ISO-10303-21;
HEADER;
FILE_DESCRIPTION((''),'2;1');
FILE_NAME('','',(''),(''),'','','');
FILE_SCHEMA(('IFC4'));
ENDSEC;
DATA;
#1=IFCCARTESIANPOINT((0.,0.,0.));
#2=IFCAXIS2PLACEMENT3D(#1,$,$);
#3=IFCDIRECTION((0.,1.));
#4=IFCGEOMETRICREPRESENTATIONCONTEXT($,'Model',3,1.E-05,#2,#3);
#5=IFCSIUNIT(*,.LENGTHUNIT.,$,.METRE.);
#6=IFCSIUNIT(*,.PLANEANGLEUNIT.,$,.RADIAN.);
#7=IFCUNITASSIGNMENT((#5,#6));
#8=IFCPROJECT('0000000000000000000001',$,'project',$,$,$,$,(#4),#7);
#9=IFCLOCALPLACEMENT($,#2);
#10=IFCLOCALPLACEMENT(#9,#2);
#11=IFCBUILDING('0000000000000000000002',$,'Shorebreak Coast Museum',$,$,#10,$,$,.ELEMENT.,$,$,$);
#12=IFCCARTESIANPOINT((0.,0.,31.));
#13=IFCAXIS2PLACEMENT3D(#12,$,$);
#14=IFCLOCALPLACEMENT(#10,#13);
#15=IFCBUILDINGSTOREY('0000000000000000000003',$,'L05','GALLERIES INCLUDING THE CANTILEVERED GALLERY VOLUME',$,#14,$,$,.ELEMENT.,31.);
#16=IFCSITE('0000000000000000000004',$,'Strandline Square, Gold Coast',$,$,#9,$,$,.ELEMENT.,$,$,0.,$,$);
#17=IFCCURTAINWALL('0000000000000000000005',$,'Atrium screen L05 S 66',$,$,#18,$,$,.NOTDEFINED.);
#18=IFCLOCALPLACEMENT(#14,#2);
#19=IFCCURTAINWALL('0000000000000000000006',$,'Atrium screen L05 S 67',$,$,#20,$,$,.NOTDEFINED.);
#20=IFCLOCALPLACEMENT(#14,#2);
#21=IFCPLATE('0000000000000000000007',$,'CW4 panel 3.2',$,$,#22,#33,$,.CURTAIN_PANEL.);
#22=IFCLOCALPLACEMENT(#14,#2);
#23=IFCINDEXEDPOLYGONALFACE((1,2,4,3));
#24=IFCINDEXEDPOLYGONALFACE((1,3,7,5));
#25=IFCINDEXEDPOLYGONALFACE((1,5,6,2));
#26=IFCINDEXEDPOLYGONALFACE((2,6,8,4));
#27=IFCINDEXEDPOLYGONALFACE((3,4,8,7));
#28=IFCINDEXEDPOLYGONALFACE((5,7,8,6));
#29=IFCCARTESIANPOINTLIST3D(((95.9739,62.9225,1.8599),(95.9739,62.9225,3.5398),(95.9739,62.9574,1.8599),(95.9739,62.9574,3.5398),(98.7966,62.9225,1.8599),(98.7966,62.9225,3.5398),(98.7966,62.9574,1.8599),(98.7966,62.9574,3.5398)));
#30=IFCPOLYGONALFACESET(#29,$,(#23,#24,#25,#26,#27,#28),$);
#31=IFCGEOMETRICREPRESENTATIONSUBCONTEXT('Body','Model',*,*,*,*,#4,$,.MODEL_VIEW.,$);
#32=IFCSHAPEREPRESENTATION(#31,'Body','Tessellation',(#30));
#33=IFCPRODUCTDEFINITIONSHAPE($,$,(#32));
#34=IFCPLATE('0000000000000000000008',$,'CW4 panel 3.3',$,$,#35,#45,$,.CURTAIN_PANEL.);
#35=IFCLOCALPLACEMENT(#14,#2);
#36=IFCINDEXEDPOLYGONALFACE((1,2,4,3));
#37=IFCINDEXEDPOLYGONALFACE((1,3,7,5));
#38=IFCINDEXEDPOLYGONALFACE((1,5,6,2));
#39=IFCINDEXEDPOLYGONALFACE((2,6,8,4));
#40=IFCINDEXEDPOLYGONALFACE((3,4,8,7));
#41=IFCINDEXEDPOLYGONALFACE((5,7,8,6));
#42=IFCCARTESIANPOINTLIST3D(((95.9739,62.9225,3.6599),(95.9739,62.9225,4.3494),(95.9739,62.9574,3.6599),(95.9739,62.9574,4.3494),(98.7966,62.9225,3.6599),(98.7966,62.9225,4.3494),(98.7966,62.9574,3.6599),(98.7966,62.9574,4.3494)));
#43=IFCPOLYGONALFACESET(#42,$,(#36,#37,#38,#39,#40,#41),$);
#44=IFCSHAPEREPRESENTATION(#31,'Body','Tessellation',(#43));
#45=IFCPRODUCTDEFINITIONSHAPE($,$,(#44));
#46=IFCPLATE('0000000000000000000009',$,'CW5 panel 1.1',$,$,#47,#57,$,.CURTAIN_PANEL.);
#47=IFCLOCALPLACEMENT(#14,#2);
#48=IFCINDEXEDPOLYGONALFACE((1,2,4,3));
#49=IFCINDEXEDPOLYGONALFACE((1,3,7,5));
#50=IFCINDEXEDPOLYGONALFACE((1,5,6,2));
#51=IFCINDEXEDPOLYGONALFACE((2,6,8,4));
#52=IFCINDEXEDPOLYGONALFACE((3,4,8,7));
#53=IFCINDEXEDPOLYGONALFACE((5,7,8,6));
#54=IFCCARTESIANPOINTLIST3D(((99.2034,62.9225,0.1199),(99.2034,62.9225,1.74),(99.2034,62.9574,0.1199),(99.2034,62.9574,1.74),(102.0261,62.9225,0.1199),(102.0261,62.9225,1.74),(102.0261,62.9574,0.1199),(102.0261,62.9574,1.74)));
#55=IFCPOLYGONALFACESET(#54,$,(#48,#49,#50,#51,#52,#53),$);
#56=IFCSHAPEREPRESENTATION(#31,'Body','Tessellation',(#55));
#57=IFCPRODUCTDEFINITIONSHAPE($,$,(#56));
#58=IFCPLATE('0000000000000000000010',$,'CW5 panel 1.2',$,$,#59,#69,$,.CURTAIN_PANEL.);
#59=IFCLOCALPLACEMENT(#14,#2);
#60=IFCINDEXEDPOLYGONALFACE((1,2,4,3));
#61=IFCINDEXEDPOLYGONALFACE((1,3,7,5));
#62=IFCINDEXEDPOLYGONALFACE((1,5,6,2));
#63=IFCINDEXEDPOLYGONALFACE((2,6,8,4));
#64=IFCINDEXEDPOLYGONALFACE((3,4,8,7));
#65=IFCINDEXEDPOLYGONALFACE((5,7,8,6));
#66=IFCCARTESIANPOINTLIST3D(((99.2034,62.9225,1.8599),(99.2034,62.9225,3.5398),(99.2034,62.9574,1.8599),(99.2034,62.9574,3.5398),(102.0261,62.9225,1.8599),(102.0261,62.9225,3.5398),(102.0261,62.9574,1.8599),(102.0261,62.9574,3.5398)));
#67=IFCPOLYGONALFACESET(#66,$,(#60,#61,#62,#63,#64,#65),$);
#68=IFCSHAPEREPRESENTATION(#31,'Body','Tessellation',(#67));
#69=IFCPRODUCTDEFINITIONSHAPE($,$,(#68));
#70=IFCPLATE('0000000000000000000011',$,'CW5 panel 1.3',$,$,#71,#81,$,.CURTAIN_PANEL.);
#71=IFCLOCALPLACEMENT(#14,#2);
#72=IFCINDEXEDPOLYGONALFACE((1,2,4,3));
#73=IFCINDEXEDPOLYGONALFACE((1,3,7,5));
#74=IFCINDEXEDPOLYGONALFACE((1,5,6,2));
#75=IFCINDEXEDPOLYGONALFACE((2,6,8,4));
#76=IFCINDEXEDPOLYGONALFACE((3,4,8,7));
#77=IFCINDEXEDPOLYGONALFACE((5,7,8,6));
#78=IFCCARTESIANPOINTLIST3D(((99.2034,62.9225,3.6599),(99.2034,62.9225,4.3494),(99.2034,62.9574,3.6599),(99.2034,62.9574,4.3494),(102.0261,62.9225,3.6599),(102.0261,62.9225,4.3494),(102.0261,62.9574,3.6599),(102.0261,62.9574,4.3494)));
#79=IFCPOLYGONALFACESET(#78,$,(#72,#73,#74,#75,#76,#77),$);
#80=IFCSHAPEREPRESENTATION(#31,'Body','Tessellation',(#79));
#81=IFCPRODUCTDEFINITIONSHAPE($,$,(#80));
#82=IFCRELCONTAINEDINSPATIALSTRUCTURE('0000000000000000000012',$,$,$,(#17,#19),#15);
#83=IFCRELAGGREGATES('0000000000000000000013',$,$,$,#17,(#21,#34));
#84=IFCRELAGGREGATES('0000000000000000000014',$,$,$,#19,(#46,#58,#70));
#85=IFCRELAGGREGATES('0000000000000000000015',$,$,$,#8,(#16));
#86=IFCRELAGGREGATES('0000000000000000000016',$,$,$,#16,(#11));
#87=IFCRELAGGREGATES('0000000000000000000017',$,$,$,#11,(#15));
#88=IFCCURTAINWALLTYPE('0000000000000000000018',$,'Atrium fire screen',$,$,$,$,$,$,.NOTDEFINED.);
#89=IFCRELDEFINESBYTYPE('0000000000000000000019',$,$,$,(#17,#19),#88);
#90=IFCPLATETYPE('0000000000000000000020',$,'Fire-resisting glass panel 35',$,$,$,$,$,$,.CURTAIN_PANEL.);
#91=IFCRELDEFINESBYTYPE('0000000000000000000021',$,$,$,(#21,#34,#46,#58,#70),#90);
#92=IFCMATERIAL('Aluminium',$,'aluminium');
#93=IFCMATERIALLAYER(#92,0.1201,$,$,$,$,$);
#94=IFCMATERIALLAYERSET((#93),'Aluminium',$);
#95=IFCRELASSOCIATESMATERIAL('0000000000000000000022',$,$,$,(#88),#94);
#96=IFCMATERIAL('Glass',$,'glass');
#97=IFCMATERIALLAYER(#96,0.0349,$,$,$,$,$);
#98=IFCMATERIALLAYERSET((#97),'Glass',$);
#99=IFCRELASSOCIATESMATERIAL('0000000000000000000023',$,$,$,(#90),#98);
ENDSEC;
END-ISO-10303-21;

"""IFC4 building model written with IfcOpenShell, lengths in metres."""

from ifc_helpers import new_model, si_unit, direction, frame, origin, origin_2d, place, context, subcontext, project, spatial, rectangle, extrude, material, layer, layer_set, type_object, element, aggregate, save


model = new_model("IFC4")

# Units and contexts
model_context = context("Model", 3, precision=1e-05, world=origin(), true_north=direction((0.0, 1.0)))
body_context = subcontext(model_context, "Body", "Model", "MODEL_VIEW")
ifc_project = project(units=[si_unit("LENGTHUNIT", "METRE"), si_unit("PLANEANGLEUNIT", "RADIAN")], contexts=[model_context])

# Site, building, storey
site_placement = place(None, origin())
site = spatial("IfcSite", under=ifc_project, at=site_placement, Name="Strandline Square, Gold Coast", CompositionType="ELEMENT", RefElevation=0.0)
building_placement = place(site_placement, origin())
building = spatial("IfcBuilding", under=site, at=building_placement, Name="Shorebreak Coast Museum", CompositionType="ELEMENT")
storey_placement = place(building_placement, frame((0.0, 0.0, 31.0)))
storey = spatial("IfcBuildingStorey", under=building, at=storey_placement, Name="L05", Description="GALLERIES INCLUDING THE CANTILEVERED GALLERY VOLUME", CompositionType="ELEMENT", Elevation=31.0)

# Curtain wall
ifc_material_1 = material(Name="Aluminium", Category="aluminium")
ifc_layer_1 = layer(ifc_material_1, 0.1201)
ifc_layer_set_1 = layer_set([ifc_layer_1], Name="Aluminium")
curtain_wall_type = type_object("IfcCurtainWallType", Name="Atrium fire screen", PredefinedType="NOTDEFINED", material=ifc_layer_set_1)
curtain_wall_1_placement = place(storey_placement, origin())
curtain_wall_1 = element("IfcCurtainWall", 1, at=curtain_wall_1_placement, inside=storey, type_object=curtain_wall_type, Name="Atrium screen L05 S 66", PredefinedType="NOTDEFINED")

# Curtain wall
curtain_wall_2_placement = place(storey_placement, origin())
curtain_wall_2 = element("IfcCurtainWall", 2, at=curtain_wall_2_placement, inside=storey, type_object=curtain_wall_type, Name="Atrium screen L05 S 67", PredefinedType="NOTDEFINED")

# Plates
ifc_material_2 = material(Name="Glass", Category="glass")
ifc_layer_2 = layer(ifc_material_2, 0.0349)
ifc_layer_set_2 = layer_set([ifc_layer_2], Name="Glass")
plate_type = type_object("IfcPlateType", Name="Fire-resisting glass panel 35", PredefinedType="CURTAIN_PANEL", material=ifc_layer_set_2)
plate_1_placement = place(storey_placement, frame((97.3853, 62.9399, 1.8599), z_axis=(0.0, 0.0, 1.0), x_axis=(1.0, 0.0, 0.0)))
plate_1 = element("IfcPlate", 3, at=plate_1_placement, type_object=plate_type, Name="CW4 panel 3.2", PredefinedType="CURTAIN_PANEL", context=body_context, shape_type="SweptSolid", body=[
    extrude(rectangle(XDim=2.8228, YDim=0.0349, at=origin_2d()), origin(), (0.0, 0.0, 1.0), 1.6799),
])
plate_2_placement = place(storey_placement, frame((97.3853, 62.9399, 3.6599), z_axis=(0.0, 0.0, 1.0), x_axis=(1.0, 0.0, 0.0)))
plate_2 = element("IfcPlate", 4, at=plate_2_placement, type_object=plate_type, Name="CW4 panel 3.3", PredefinedType="CURTAIN_PANEL", context=body_context, shape_type="SweptSolid", body=[
    extrude(rectangle(XDim=2.8228, YDim=0.0349, at=origin_2d()), origin(), (0.0, 0.0, 1.0), 0.6895),
])
aggregate(curtain_wall_1, [plate_1, plate_2])
plate_3_placement = place(storey_placement, frame((100.6147, 62.9399, 0.1199), z_axis=(0.0, 0.0, 1.0), x_axis=(1.0, 0.0, 0.0)))
plate_3 = element("IfcPlate", 5, at=plate_3_placement, type_object=plate_type, Name="CW5 panel 1.1", PredefinedType="CURTAIN_PANEL", context=body_context, shape_type="SweptSolid", body=[
    extrude(rectangle(XDim=2.8228, YDim=0.0349, at=origin_2d()), origin(), (0.0, 0.0, 1.0), 1.6201),
])
plate_4_placement = place(storey_placement, frame((100.6147, 62.9399, 1.8599), z_axis=(0.0, 0.0, 1.0), x_axis=(1.0, 0.0, 0.0)))
plate_4 = element("IfcPlate", 6, at=plate_4_placement, type_object=plate_type, Name="CW5 panel 1.2", PredefinedType="CURTAIN_PANEL", context=body_context, shape_type="SweptSolid", body=[
    extrude(rectangle(XDim=2.8228, YDim=0.0349, at=origin_2d()), origin(), (0.0, 0.0, 1.0), 1.6799),
])
plate_5_placement = place(storey_placement, frame((100.6147, 62.9399, 3.6599), z_axis=(0.0, 0.0, 1.0), x_axis=(1.0, 0.0, 0.0)))
plate_5 = element("IfcPlate", 7, at=plate_5_placement, type_object=plate_type, Name="CW5 panel 1.3", PredefinedType="CURTAIN_PANEL", context=body_context, shape_type="SweptSolid", body=[
    extrude(rectangle(XDim=2.8228, YDim=0.0349, at=origin_2d()), origin(), (0.0, 0.0, 1.0), 0.6895),
])
aggregate(curtain_wall_2, [plate_3, plate_4, plate_5])

save(model, "model.ifc")
